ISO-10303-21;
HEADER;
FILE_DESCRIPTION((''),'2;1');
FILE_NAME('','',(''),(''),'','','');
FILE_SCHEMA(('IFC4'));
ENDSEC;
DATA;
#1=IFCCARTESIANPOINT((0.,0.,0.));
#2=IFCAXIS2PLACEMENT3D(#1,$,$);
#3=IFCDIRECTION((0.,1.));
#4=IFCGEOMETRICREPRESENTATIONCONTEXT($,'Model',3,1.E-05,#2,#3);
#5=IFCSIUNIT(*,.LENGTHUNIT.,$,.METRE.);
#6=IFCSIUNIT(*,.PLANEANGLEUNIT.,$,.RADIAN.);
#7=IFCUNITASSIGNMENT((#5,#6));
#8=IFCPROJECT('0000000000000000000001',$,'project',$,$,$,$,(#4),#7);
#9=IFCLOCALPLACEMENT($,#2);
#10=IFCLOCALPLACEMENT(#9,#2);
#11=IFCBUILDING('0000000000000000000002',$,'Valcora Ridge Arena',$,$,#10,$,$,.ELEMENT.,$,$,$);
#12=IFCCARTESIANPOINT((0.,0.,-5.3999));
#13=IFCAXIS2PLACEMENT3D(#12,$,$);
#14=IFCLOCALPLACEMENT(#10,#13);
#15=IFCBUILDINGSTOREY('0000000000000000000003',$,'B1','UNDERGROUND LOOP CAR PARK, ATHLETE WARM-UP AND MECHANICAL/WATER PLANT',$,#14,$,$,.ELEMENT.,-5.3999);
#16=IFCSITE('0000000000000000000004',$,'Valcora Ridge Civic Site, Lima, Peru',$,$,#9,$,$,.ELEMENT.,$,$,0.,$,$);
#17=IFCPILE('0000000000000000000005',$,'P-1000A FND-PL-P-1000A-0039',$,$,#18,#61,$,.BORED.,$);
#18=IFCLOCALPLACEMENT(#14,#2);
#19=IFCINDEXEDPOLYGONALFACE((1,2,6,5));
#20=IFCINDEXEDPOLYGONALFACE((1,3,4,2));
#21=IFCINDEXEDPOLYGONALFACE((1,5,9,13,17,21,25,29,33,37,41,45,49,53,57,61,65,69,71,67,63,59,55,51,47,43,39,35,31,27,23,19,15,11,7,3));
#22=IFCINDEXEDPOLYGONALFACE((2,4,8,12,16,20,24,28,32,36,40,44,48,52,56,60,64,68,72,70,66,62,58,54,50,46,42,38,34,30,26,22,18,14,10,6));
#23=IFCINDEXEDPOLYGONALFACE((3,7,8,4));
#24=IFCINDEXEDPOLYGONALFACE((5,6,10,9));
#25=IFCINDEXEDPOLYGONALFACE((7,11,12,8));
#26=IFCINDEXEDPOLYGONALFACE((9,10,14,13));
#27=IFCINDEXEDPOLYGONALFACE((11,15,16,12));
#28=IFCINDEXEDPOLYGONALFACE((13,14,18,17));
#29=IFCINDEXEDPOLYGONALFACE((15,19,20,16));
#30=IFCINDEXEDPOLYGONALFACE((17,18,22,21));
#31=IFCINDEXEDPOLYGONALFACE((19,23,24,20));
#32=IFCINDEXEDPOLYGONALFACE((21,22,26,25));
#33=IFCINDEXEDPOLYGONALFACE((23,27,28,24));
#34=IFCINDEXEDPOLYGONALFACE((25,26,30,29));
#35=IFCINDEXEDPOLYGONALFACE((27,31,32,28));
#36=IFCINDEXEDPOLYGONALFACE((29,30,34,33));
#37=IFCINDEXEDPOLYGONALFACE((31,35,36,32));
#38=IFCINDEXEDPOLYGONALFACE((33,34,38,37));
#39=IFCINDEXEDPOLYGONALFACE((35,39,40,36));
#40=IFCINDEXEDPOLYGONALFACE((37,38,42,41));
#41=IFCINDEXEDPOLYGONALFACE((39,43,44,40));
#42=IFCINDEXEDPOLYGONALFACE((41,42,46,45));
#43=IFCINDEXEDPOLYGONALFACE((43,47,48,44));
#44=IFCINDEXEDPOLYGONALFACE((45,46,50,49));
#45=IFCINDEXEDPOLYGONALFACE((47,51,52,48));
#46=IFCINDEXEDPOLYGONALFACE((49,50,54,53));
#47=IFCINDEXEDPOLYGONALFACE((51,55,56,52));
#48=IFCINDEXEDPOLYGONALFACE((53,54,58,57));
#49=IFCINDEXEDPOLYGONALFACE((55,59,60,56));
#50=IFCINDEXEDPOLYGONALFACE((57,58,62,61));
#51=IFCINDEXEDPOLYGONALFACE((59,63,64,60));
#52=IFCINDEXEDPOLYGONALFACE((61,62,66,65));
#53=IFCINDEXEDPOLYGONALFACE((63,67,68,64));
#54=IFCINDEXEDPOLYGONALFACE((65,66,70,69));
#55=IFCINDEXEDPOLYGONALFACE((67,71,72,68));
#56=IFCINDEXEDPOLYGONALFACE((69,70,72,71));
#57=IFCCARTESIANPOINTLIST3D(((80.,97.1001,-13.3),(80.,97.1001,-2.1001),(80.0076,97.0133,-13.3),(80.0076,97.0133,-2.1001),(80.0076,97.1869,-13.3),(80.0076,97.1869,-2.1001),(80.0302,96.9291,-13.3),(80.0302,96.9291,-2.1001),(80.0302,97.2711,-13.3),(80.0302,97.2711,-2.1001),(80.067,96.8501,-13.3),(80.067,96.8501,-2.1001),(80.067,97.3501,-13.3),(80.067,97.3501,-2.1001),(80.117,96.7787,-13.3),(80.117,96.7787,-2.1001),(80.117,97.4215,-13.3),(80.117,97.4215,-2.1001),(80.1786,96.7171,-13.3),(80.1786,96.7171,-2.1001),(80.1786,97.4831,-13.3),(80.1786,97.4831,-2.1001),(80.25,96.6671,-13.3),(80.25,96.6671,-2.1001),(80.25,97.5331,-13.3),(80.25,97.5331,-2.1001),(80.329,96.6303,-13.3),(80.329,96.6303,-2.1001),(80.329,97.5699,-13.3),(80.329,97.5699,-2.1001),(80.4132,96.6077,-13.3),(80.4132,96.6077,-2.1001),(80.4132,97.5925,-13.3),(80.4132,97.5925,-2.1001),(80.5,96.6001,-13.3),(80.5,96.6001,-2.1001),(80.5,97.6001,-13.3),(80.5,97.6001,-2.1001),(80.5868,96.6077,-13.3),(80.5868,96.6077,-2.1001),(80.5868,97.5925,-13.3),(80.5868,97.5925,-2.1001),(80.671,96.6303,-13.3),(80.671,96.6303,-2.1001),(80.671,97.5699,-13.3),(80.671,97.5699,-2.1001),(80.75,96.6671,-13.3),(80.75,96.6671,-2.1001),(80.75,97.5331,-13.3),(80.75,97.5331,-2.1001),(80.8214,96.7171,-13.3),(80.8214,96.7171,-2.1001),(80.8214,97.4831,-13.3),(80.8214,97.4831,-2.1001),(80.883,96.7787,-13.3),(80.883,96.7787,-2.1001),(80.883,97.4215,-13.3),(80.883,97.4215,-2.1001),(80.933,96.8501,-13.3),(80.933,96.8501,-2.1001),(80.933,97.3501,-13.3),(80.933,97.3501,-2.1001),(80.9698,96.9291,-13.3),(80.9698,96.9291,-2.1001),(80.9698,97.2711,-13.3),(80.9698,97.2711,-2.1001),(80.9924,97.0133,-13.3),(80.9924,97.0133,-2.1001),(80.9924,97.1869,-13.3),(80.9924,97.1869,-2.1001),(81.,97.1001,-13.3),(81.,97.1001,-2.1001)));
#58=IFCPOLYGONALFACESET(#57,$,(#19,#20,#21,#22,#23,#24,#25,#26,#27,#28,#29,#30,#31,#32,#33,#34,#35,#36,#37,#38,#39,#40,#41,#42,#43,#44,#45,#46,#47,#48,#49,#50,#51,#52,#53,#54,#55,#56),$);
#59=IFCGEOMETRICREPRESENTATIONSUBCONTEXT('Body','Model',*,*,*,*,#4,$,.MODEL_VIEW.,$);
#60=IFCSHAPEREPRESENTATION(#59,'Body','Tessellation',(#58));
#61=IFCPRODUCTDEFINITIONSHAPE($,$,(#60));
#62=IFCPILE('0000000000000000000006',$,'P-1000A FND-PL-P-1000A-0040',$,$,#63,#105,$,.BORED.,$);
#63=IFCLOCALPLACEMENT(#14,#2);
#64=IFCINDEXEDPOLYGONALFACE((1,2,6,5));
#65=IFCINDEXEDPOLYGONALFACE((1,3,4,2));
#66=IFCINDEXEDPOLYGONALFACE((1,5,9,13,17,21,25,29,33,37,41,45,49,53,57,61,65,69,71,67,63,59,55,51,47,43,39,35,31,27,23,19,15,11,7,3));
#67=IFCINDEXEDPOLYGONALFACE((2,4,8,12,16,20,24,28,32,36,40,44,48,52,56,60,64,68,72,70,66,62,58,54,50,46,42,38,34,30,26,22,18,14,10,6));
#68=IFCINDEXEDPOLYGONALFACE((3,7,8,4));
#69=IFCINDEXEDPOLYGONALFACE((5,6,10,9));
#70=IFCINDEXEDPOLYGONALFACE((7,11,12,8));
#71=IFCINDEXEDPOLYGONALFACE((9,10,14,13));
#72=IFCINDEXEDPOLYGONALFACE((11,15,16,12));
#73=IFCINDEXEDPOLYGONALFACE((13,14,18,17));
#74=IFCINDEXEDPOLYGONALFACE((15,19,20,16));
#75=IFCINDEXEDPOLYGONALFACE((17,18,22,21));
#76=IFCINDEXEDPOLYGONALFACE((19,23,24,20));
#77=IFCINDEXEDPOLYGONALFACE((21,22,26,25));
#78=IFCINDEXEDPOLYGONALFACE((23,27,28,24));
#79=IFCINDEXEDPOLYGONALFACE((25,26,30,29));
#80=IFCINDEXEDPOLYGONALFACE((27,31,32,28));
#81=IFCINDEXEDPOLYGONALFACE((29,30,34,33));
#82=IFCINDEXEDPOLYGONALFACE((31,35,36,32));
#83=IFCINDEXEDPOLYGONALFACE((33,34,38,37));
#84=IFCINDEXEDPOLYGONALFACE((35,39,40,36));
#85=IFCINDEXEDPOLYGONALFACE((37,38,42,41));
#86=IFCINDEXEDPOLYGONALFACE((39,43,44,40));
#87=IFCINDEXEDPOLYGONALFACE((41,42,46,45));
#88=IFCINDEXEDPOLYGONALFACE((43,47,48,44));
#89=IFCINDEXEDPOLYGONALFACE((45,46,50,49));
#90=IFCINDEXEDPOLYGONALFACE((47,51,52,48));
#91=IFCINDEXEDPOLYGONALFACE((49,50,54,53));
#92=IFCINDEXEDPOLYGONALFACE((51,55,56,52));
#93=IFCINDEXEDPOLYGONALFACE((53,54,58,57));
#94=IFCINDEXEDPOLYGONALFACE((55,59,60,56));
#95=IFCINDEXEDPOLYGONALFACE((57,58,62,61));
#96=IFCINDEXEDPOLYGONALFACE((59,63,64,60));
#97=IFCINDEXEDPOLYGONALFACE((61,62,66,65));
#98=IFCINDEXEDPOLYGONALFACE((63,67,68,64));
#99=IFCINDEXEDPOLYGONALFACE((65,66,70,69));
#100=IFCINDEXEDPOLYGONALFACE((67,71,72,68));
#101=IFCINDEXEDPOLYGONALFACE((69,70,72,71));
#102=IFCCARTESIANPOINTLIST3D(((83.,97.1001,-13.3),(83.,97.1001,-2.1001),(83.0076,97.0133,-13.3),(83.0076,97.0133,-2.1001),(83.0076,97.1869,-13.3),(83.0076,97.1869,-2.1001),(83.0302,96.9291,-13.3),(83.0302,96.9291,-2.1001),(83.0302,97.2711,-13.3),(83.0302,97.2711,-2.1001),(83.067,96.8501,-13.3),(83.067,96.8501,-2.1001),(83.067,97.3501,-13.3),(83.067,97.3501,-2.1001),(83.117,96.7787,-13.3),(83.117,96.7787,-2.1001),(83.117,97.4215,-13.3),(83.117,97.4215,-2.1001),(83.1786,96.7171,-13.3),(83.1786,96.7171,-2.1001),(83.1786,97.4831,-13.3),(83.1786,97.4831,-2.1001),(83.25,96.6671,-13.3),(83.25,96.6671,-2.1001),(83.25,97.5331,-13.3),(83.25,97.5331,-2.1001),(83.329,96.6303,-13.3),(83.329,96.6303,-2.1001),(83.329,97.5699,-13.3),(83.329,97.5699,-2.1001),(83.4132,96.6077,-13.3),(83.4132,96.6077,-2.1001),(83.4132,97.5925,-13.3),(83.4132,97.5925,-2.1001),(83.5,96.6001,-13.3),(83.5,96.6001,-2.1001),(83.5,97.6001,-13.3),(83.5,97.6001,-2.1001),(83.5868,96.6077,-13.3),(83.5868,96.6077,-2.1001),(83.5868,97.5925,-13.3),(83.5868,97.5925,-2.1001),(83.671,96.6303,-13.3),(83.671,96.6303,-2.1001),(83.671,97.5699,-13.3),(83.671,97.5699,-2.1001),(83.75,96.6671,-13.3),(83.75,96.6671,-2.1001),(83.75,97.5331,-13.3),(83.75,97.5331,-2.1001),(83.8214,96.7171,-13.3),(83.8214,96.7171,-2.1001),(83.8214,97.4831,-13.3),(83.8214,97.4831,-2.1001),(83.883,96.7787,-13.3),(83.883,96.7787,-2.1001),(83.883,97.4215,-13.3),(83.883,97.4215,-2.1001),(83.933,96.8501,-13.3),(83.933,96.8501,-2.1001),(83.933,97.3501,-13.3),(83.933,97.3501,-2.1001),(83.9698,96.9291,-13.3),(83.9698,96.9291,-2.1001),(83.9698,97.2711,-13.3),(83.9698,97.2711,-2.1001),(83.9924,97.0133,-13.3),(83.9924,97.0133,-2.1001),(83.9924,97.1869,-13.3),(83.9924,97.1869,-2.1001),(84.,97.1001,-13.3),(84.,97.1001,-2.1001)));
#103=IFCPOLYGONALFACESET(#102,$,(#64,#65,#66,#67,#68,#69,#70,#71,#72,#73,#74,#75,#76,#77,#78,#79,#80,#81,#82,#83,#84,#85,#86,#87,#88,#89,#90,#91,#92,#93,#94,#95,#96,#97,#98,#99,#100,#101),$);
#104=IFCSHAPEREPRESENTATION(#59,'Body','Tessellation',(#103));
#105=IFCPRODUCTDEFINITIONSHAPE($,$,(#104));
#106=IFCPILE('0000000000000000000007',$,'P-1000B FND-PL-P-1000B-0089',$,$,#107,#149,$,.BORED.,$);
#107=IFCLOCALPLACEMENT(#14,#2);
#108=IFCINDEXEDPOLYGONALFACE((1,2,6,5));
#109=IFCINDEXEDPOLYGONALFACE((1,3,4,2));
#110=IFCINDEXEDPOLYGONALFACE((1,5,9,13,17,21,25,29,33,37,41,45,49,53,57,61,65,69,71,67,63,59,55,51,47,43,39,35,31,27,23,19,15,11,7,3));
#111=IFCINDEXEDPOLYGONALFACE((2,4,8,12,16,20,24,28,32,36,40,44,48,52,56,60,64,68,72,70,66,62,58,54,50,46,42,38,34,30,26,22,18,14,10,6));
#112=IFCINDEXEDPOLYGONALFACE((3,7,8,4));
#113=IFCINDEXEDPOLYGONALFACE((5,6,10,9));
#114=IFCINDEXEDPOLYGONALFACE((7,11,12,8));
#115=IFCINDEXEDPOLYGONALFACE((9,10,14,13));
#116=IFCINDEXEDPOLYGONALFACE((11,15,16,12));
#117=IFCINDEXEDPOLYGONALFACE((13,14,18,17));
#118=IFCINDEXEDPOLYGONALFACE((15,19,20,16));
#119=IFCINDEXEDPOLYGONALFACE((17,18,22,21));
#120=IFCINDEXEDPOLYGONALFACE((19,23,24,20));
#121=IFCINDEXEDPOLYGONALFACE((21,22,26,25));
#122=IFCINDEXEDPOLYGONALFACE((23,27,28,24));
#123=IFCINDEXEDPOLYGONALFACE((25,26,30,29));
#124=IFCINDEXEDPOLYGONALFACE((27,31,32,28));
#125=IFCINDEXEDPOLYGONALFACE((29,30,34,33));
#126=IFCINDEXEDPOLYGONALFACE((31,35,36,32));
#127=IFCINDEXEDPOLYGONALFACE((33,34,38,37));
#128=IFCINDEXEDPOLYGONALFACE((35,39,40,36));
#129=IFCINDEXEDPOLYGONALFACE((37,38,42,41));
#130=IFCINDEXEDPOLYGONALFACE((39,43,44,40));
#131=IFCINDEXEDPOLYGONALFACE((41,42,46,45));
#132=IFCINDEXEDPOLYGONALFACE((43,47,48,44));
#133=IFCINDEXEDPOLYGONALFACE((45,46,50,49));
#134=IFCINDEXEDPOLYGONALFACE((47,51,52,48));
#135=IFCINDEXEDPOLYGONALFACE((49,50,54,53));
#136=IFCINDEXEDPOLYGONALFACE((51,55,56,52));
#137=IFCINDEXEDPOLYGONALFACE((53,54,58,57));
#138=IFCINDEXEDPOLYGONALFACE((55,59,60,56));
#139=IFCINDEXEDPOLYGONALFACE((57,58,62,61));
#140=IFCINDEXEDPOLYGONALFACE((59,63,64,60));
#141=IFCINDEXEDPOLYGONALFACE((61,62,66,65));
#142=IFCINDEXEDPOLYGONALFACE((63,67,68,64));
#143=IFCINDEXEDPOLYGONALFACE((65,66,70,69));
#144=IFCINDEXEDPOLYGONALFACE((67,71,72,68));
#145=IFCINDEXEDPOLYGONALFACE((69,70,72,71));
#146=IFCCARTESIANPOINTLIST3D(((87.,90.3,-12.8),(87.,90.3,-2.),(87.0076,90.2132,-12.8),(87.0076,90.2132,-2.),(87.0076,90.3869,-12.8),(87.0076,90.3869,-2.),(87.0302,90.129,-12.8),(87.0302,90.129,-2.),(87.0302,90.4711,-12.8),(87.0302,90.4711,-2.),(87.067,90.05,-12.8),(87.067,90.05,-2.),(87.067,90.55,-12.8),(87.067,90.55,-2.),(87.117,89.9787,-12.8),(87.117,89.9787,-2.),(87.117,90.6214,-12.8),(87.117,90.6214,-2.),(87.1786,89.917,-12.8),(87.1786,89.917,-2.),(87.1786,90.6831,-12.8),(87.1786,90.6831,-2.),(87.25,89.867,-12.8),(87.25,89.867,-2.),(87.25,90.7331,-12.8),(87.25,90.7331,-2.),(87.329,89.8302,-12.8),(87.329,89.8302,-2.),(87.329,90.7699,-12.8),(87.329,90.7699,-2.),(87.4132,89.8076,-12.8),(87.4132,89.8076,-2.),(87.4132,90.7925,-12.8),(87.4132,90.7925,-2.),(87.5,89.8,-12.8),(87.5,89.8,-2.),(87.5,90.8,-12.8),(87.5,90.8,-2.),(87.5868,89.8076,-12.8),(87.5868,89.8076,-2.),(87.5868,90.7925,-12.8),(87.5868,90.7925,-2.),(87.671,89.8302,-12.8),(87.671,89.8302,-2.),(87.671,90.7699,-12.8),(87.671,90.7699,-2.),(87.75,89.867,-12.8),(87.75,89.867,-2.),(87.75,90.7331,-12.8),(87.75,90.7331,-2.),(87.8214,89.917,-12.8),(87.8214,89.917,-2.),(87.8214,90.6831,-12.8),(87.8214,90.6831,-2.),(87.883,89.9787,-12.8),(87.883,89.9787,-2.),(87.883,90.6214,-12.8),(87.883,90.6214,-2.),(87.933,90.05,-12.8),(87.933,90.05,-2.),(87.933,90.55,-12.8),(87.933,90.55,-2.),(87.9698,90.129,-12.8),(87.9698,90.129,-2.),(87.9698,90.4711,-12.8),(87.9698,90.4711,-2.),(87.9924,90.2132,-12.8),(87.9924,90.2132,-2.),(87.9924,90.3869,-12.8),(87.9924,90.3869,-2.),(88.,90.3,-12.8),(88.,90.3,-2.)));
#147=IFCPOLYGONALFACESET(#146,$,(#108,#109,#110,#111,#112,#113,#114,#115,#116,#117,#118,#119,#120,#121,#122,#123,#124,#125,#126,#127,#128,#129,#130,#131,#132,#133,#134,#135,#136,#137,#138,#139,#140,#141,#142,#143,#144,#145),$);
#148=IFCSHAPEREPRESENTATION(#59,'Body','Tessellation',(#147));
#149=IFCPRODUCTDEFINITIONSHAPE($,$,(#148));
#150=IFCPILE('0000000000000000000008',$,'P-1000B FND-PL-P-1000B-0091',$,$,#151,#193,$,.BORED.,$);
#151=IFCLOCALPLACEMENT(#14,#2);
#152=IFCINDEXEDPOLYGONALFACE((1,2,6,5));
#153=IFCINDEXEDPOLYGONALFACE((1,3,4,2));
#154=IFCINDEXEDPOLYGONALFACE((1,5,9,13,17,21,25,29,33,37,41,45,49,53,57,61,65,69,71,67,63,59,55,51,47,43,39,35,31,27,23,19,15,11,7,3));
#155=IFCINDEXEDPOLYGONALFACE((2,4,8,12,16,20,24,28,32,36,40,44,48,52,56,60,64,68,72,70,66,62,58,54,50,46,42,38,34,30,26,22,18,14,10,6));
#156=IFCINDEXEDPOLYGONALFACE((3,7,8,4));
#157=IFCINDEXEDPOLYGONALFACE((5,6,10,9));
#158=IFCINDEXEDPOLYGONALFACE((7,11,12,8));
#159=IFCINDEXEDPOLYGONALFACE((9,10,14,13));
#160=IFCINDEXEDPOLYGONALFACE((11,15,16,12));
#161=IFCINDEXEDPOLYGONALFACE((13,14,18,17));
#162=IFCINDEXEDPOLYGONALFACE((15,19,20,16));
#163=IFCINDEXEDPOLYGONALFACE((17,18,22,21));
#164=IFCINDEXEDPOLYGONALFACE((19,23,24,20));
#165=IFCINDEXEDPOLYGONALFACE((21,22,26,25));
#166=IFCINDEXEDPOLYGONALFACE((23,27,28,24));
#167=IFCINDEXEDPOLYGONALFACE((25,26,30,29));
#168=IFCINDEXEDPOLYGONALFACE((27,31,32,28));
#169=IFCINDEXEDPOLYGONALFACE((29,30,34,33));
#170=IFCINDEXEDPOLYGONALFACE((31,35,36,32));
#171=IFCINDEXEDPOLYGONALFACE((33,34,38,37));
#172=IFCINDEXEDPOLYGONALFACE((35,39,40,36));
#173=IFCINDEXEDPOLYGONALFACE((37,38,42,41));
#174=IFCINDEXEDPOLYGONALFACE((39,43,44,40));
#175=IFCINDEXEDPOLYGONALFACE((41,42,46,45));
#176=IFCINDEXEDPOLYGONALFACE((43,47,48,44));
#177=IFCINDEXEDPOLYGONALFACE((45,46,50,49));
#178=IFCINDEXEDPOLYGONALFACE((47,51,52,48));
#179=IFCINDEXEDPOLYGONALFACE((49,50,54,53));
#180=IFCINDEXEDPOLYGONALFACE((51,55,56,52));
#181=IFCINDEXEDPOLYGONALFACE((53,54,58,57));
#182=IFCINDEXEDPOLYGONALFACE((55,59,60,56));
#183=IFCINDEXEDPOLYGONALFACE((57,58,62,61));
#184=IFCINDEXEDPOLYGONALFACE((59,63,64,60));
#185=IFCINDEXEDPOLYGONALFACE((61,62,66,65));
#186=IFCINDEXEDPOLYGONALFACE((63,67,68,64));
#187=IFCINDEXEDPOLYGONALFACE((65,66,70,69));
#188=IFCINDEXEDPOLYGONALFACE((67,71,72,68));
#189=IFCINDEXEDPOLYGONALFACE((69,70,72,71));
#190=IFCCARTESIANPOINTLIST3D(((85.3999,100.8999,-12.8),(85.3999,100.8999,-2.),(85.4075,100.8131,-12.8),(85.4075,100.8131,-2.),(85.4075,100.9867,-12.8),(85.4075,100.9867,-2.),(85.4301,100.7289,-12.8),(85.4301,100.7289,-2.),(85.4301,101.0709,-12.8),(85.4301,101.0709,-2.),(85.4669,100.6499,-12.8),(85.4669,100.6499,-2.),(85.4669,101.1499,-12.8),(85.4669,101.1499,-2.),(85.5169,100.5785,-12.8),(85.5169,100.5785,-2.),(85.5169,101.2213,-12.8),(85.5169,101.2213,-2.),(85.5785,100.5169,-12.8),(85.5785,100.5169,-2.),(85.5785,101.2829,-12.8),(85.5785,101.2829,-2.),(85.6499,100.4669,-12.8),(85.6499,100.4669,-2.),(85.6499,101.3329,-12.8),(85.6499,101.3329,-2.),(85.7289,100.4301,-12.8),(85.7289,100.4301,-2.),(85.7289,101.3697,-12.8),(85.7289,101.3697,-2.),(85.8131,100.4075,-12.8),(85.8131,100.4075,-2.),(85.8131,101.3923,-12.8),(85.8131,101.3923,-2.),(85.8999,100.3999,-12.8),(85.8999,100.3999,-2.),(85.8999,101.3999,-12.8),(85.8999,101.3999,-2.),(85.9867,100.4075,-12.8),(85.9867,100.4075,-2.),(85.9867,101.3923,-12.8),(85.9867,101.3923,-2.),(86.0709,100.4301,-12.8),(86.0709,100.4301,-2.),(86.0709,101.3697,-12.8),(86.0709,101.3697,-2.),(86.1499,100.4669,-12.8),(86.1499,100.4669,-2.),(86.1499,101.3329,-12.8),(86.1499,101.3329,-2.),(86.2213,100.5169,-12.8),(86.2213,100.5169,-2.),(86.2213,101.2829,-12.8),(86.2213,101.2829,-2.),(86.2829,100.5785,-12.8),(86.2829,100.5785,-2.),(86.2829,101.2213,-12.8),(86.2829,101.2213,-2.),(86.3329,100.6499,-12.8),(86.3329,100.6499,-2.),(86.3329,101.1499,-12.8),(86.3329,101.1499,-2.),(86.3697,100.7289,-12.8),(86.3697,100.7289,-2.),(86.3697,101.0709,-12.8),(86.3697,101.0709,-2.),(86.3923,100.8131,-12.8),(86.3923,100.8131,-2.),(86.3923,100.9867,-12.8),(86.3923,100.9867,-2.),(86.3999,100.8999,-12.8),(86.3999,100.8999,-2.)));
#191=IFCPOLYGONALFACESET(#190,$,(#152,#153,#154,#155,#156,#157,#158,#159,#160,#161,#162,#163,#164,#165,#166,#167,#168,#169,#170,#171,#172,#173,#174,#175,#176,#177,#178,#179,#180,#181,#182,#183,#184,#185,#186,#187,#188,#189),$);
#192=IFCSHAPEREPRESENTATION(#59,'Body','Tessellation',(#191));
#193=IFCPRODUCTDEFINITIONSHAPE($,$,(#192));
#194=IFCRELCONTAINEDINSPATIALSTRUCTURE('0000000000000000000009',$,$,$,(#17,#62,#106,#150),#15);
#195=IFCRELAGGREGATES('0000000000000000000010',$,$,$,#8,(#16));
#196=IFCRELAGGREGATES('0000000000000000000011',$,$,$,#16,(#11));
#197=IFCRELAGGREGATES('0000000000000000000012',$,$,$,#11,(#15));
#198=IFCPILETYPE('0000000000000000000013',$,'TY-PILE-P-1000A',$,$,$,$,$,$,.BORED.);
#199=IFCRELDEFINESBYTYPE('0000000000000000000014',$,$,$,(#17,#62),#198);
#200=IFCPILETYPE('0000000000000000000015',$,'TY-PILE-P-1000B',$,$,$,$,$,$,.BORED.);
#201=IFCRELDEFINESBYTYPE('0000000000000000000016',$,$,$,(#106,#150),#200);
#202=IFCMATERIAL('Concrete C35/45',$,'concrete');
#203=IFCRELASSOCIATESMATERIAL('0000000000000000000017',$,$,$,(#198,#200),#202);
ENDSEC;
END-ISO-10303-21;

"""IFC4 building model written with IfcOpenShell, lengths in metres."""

from ifc_helpers import new_model, si_unit, direction, frame, origin, origin_2d, place, context, subcontext, project, spatial, circle, extrude, material, material_profile, profile_set, type_object, element, save


model = new_model("IFC4")

# Units and contexts
model_context = context("Model", 3, precision=1e-05, world=origin(), true_north=direction((0.0, 1.0)))
body_context = subcontext(model_context, "Body", "Model", "MODEL_VIEW")
ifc_project = project(units=[si_unit("LENGTHUNIT", "METRE"), si_unit("PLANEANGLEUNIT", "RADIAN")], contexts=[model_context])

# Site, building, storey
site_placement = place(None, origin())
site = spatial("IfcSite", under=ifc_project, at=site_placement, Name="Valcora Ridge Civic Site, Lima, Peru", CompositionType="ELEMENT", RefElevation=0.0)
building_placement = place(site_placement, origin())
building = spatial("IfcBuilding", under=site, at=building_placement, Name="Valcora Ridge Arena", CompositionType="ELEMENT")
storey_placement = place(building_placement, frame((0.0, 0.0, -5.3999)))
storey = spatial("IfcBuildingStorey", under=building, at=storey_placement, Name="B1", Description="UNDERGROUND LOOP CAR PARK, ATHLETE WARM-UP AND MECHANICAL/WATER PLANT", CompositionType="ELEMENT", Elevation=-5.3999)

# Piles
ifc_material_1 = material(Name="Concrete C35/45", Category="concrete")
ifc_material_profile_1 = material_profile(ifc_material_1, circle(Radius=0.5, at=origin_2d()), Name="BORED PILE D1000")
ifc_profile_set_1 = profile_set([ifc_material_profile_1], Name="Concrete C35/45")
pile_type_1 = type_object("IfcPileType", Name="TY-PILE-P-1000A", PredefinedType="BORED", material=ifc_profile_set_1)
for number, where, z_axis, x_axis, name in (
    (1, (80.5, 97.1001, -2.1001), (0.0, 0.0, -1.0), (1.0, 0.0, 0.0), "P-1000A FND-PL-P-1000A-0039"),
    (2, (83.5, 97.1001, -2.1001), (0.0, 0.0, -1.0), (1.0, 0.0, 0.0), "P-1000A FND-PL-P-1000A-0040"),
):
    element("IfcPile", number, at=place(storey_placement, frame(where, z_axis=z_axis, x_axis=x_axis)), inside=storey, type_object=pile_type_1, Name=name, PredefinedType="BORED", context=body_context, shape_type="SweptSolid", body=[
        extrude(circle(Radius=0.5, at=origin_2d()), origin(), (0.0, 0.0, 1.0), 11.2),
    ])
ifc_material_profile_2 = material_profile(ifc_material_1, circle(Radius=0.5, at=origin_2d()), Name="BORED PILE D1000")
ifc_profile_set_2 = profile_set([ifc_material_profile_2], Name="Concrete C35/45")
pile_type_2 = type_object("IfcPileType", Name="TY-PILE-P-1000B", PredefinedType="BORED", material=ifc_profile_set_2)
for number, where, z_axis, x_axis, name in (
    (3, (87.5, 90.3, -2.0), (0.0, 0.0, -1.0), (1.0, 0.0, 0.0), "P-1000B FND-PL-P-1000B-0089"),
    (4, (85.8999, 100.8999, -2.0), (0.0, 0.0, -1.0), (1.0, 0.0, 0.0), "P-1000B FND-PL-P-1000B-0091"),
):
    element("IfcPile", number, at=place(storey_placement, frame(where, z_axis=z_axis, x_axis=x_axis)), inside=storey, type_object=pile_type_2, Name=name, PredefinedType="BORED", context=body_context, shape_type="SweptSolid", body=[
        extrude(circle(Radius=0.5, at=origin_2d()), origin(), (0.0, 0.0, 1.0), 10.8),
    ])

save(model, "model.ifc")
